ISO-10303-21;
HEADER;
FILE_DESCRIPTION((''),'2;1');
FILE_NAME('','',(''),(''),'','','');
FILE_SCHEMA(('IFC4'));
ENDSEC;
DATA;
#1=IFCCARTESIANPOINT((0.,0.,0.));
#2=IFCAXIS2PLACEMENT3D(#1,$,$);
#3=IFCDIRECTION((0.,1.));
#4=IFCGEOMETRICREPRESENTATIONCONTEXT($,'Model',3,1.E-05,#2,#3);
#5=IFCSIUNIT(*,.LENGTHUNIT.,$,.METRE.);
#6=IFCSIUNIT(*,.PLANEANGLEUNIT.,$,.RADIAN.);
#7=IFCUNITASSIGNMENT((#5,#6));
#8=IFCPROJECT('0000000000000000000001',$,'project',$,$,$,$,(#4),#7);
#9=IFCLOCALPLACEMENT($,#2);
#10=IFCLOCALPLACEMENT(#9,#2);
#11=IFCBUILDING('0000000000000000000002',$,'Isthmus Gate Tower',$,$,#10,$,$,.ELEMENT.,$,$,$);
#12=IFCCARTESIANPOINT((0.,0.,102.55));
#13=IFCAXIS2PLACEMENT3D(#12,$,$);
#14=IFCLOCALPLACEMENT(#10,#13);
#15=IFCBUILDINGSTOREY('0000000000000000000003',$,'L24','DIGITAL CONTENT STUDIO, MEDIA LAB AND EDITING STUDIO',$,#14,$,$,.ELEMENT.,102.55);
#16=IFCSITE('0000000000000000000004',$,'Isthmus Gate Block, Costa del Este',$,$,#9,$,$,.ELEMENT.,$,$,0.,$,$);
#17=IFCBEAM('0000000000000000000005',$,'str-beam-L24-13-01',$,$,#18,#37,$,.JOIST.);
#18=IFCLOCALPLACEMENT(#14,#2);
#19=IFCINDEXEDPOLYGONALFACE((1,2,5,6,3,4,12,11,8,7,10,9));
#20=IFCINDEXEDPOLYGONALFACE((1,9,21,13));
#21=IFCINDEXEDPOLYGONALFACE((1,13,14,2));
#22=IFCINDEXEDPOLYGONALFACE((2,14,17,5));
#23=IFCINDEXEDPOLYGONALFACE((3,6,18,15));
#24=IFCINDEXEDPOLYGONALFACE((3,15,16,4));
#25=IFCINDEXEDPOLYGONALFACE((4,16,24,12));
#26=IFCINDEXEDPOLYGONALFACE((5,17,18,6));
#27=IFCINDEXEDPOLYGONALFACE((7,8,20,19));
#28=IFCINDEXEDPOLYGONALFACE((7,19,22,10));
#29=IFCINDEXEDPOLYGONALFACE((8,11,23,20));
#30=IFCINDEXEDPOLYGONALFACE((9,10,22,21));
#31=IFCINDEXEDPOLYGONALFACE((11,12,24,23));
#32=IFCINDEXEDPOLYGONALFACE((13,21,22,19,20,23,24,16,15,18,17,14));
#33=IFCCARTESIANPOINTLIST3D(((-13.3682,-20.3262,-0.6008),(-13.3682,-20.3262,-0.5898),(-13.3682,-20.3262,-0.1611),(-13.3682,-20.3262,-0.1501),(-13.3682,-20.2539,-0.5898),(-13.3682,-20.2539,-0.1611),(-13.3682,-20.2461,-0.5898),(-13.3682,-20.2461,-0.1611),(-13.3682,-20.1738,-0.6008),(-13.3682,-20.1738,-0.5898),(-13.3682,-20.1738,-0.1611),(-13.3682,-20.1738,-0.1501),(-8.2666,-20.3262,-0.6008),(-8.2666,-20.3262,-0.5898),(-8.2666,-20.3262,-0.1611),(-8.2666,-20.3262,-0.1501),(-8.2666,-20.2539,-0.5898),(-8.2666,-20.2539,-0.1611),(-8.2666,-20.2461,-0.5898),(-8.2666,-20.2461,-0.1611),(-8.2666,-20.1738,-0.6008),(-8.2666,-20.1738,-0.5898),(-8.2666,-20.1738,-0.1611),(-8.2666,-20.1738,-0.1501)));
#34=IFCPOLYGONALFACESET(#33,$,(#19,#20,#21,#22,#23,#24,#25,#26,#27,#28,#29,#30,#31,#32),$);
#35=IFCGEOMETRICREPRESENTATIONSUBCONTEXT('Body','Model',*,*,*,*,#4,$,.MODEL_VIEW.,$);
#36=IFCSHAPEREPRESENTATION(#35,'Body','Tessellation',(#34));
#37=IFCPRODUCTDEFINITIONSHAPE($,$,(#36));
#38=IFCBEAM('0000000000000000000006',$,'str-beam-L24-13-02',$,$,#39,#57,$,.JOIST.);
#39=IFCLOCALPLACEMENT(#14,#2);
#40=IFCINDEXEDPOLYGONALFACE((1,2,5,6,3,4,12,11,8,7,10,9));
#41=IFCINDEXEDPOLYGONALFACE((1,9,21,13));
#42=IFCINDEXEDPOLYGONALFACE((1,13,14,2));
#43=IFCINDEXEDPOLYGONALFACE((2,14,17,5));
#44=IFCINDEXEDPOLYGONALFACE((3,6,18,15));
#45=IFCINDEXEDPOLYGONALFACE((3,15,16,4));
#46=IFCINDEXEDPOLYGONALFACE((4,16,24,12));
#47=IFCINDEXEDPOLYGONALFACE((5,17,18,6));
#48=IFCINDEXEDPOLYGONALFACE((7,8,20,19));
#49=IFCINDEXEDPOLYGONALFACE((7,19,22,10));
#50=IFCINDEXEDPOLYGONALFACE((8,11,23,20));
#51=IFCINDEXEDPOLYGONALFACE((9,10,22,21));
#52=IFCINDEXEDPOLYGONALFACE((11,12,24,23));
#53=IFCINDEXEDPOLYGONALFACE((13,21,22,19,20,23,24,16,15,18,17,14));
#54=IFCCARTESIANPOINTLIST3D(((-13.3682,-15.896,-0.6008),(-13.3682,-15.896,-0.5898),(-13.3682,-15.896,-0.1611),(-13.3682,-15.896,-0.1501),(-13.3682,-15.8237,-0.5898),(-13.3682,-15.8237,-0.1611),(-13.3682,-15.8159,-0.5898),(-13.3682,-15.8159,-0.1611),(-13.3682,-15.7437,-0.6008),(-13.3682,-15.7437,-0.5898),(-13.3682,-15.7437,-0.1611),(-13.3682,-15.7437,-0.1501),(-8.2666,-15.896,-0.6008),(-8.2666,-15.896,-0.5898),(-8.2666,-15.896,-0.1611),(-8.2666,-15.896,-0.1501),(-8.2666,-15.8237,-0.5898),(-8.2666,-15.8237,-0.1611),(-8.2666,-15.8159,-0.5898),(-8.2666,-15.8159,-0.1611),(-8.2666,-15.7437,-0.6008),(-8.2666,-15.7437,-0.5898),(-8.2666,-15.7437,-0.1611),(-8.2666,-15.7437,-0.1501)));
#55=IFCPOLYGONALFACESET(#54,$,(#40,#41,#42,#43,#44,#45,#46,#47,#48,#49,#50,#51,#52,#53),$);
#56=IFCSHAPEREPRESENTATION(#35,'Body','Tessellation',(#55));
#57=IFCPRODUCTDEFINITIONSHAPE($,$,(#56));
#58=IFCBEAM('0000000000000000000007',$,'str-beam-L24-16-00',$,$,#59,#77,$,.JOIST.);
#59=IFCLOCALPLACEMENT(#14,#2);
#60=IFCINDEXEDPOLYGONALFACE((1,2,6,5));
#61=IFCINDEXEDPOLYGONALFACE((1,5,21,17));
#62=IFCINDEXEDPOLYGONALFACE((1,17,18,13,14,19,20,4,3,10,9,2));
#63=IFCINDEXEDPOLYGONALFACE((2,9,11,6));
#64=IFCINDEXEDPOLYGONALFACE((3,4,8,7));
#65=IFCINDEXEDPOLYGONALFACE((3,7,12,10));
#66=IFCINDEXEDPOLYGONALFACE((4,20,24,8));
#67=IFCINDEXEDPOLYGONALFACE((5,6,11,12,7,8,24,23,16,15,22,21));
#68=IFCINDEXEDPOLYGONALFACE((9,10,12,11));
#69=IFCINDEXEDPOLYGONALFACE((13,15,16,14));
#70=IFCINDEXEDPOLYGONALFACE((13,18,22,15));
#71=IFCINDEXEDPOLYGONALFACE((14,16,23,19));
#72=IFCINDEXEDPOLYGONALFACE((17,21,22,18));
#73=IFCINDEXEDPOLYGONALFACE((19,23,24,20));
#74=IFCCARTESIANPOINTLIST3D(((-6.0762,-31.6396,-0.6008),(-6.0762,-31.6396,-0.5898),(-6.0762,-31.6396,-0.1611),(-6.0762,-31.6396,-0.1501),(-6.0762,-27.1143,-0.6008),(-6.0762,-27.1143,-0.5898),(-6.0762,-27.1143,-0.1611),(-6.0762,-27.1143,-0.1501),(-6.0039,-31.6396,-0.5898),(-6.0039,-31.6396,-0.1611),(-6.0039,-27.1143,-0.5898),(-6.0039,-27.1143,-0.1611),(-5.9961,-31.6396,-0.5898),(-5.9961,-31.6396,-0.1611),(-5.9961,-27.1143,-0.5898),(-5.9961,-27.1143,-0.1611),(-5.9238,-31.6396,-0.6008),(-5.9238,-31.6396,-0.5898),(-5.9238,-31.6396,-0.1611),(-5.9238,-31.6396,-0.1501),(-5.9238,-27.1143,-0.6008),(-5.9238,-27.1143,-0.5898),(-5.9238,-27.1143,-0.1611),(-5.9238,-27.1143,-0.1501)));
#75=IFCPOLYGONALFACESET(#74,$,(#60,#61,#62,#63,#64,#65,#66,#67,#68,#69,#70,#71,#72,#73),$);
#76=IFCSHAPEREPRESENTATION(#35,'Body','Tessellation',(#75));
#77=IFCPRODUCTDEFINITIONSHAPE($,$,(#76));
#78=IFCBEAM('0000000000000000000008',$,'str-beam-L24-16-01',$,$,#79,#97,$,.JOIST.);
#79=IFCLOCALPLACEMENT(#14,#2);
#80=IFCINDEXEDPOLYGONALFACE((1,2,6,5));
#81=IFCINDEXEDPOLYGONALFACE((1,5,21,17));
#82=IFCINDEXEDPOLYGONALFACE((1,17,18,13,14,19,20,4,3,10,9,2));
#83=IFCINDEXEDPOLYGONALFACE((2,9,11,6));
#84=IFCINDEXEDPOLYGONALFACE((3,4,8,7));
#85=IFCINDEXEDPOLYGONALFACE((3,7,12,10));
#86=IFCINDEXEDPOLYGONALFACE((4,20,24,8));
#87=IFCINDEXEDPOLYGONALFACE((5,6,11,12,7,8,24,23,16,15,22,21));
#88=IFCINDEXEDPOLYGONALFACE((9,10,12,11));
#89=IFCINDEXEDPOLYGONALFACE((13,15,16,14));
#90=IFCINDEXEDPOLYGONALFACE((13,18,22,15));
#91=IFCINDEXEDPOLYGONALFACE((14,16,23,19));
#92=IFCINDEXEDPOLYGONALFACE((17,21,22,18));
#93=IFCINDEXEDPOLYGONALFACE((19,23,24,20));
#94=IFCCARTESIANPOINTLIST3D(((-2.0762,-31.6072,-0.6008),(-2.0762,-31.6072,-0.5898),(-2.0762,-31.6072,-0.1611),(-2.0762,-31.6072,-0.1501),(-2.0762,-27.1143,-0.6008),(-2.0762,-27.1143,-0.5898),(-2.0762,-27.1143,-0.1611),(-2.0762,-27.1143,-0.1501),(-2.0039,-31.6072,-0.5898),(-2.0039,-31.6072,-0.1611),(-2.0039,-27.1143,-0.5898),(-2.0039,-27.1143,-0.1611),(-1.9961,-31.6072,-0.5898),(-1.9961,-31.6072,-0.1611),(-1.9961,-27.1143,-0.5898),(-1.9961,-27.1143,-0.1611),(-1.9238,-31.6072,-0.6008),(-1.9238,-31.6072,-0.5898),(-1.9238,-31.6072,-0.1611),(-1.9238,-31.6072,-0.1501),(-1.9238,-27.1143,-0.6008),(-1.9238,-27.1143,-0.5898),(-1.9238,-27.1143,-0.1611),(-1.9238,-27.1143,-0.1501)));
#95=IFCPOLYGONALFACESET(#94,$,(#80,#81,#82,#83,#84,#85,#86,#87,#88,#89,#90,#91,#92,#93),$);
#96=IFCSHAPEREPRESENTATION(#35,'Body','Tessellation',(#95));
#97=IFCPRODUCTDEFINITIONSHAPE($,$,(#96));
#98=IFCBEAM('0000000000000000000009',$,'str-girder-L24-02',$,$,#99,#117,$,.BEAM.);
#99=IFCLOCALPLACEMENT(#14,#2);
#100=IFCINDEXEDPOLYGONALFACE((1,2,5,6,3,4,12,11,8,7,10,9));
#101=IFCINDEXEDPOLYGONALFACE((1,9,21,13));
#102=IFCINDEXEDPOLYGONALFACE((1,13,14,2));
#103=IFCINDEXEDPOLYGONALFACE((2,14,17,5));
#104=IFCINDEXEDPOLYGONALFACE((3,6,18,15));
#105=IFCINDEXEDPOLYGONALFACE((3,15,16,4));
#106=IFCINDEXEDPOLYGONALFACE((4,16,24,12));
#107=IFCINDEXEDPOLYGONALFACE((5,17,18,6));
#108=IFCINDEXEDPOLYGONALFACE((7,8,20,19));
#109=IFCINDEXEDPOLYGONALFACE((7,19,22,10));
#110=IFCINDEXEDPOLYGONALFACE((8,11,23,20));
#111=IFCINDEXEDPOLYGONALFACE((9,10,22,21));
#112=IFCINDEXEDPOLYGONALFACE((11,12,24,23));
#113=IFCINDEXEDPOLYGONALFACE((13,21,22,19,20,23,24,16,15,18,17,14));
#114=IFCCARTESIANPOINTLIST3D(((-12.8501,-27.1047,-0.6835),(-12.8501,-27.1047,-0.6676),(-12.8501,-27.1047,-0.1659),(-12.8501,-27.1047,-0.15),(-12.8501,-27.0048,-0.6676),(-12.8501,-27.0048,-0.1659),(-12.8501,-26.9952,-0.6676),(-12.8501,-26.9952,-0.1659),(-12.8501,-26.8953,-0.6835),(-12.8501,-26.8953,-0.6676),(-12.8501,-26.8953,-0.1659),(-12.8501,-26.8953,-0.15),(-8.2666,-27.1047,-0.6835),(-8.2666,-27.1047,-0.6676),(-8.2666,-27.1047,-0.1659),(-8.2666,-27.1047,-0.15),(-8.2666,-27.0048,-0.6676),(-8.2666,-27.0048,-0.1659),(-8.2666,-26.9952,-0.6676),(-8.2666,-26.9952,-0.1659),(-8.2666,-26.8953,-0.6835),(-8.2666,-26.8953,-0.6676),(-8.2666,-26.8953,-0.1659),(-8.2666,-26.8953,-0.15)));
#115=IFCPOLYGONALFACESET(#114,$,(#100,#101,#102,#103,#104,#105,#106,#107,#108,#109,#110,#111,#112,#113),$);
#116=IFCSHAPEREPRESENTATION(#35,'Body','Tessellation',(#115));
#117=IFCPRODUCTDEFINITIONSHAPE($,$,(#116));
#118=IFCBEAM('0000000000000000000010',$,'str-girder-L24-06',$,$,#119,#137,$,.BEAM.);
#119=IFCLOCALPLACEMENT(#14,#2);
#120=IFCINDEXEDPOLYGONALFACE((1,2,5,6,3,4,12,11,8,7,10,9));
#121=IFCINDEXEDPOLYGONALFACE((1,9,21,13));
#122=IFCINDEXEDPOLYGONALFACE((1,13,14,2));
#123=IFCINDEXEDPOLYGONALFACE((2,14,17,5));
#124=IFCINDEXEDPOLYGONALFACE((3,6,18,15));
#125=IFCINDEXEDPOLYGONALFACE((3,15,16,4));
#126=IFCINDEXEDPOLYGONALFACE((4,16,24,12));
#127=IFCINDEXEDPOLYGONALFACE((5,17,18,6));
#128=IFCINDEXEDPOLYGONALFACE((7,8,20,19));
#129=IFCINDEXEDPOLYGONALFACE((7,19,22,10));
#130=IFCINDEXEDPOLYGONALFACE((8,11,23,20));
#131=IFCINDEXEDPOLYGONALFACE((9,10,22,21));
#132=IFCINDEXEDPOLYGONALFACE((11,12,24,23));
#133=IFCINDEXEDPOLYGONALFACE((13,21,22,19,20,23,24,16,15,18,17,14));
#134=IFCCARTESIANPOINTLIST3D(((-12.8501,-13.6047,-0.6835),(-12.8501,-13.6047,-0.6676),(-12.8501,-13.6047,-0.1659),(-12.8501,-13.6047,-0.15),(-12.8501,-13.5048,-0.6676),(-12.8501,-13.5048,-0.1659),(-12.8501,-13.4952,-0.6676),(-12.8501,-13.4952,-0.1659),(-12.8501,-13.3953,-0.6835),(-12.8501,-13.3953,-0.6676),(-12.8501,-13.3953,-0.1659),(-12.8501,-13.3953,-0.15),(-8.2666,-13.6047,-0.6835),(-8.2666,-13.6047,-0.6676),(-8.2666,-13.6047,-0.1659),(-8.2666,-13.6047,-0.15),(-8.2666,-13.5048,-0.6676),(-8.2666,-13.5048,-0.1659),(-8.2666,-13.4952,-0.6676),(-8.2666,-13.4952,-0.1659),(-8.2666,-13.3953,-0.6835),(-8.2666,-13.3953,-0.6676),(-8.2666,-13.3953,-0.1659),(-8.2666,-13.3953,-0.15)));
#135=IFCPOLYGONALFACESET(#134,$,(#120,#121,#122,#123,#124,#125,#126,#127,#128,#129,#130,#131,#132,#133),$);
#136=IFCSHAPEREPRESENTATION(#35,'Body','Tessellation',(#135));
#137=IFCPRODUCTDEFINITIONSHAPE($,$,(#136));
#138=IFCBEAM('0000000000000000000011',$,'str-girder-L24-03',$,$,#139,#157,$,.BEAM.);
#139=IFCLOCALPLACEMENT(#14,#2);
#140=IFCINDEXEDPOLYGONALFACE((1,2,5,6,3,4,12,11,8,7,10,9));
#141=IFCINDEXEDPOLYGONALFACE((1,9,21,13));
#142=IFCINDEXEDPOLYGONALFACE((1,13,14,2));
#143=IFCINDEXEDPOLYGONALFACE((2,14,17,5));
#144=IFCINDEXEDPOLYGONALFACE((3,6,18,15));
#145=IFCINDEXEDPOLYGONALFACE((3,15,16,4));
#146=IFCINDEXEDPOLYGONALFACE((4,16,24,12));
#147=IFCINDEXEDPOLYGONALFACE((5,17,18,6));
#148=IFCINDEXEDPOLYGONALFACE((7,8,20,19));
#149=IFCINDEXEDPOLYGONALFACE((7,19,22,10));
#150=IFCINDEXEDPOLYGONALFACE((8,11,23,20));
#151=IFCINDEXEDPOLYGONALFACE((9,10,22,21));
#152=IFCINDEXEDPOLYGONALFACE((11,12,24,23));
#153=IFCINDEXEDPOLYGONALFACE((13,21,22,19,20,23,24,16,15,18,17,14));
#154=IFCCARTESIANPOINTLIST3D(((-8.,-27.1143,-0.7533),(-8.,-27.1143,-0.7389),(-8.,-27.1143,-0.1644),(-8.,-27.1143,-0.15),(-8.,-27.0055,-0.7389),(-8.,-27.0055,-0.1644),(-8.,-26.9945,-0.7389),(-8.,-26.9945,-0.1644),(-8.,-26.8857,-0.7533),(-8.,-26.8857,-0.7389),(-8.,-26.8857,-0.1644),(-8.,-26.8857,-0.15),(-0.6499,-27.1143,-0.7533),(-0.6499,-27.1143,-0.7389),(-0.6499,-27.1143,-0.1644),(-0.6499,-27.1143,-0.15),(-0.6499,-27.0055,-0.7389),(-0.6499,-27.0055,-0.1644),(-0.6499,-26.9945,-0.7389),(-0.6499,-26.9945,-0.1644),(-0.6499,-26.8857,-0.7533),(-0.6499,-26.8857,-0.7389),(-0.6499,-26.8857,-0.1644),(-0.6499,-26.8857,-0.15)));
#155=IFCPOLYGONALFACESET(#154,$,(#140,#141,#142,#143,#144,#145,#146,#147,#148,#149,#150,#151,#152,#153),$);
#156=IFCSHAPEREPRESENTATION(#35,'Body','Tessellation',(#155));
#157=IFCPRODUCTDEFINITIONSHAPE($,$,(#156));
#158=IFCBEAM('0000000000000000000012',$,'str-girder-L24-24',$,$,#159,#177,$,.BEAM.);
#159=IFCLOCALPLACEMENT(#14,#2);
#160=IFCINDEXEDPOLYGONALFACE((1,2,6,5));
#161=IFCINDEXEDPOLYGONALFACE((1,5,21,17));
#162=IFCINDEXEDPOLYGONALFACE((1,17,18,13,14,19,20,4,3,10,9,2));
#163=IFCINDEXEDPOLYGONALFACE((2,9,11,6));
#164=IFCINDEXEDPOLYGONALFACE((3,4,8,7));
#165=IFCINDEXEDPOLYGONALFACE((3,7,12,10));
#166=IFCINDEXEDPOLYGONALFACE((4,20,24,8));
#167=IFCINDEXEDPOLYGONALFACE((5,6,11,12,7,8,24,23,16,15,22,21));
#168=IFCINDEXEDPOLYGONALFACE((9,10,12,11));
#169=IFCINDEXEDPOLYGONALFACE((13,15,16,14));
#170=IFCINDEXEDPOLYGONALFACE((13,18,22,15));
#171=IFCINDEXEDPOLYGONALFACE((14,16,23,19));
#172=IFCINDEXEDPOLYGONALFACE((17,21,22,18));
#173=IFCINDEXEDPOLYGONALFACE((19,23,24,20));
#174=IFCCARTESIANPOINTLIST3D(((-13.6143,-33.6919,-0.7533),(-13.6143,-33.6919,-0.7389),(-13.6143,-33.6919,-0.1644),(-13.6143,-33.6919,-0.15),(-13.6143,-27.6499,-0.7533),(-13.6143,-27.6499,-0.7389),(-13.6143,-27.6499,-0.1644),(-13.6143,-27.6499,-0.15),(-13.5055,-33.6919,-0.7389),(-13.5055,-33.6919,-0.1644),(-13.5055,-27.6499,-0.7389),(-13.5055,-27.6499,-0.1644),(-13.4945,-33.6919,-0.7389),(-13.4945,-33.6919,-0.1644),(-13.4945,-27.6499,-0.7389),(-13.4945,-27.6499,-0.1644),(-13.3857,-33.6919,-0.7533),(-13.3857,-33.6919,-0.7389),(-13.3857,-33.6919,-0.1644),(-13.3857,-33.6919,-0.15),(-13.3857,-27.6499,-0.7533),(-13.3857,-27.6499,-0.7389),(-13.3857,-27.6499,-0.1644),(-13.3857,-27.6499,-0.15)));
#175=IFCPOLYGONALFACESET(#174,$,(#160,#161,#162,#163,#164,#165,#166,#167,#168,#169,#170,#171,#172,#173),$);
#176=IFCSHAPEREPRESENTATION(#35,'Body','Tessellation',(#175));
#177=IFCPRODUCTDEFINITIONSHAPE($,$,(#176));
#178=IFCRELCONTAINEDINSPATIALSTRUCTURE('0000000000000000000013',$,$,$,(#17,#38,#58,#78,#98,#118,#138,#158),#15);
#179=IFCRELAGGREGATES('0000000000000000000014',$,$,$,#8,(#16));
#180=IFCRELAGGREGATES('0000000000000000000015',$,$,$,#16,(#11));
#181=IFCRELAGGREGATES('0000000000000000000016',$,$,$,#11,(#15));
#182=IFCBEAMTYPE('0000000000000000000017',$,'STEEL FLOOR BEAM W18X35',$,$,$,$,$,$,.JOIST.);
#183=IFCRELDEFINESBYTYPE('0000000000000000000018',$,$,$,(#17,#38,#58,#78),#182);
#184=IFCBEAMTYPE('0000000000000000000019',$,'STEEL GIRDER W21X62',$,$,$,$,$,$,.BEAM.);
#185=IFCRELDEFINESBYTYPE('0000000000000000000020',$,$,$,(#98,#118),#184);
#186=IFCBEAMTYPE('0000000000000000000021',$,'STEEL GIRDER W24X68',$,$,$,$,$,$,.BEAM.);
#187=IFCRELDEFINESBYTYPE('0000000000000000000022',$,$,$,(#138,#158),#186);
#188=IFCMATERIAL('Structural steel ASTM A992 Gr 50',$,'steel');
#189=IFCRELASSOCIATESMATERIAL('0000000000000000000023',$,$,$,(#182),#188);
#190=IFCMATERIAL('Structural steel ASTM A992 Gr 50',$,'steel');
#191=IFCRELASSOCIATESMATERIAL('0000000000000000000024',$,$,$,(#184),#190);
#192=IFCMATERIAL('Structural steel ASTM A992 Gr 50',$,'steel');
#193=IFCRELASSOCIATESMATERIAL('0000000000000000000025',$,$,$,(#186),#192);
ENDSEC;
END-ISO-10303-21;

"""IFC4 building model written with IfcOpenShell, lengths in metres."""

from ifc_helpers import new_model, si_unit, direction, frame, origin, origin_2d, place, context, subcontext, project, spatial, i_section, extrude, material, material_profile, profile_set, type_object, element, save


model = new_model("IFC4")

# Units and contexts
model_context = context("Model", 3, precision=1e-05, world=origin(), true_north=direction((0.0, 1.0)))
body_context = subcontext(model_context, "Body", "Model", "MODEL_VIEW")
ifc_project = project(units=[si_unit("LENGTHUNIT", "METRE"), si_unit("PLANEANGLEUNIT", "RADIAN")], contexts=[model_context])

# Site, building, storey
site_placement = place(None, origin())
site = spatial("IfcSite", under=ifc_project, at=site_placement, Name="Isthmus Gate Block, Costa del Este", CompositionType="ELEMENT", RefElevation=0.0)
building_placement = place(site_placement, origin())
building = spatial("IfcBuilding", under=site, at=building_placement, Name="Isthmus Gate Tower", CompositionType="ELEMENT")
storey_placement = place(building_placement, frame((0.0, 0.0, 102.55)))
storey = spatial("IfcBuildingStorey", under=building, at=storey_placement, Name="L24", Description="DIGITAL CONTENT STUDIO, MEDIA LAB AND EDITING STUDIO", CompositionType="ELEMENT", Elevation=102.55)

# Beams
ifc_material_1 = material(Name="Structural steel ASTM A992 Gr 50", Category="steel")
ifc_material_profile_1 = material_profile(ifc_material_1, i_section(OverallWidth=0.1523, OverallDepth=0.4507, WebThickness=0.0078, FlangeThickness=0.011, at=origin_2d()), Name="W18X35")
ifc_profile_set_1 = profile_set([ifc_material_profile_1], Name="Structural steel ASTM A992 Gr 50")
beam_type_1 = type_object("IfcBeamType", Name="STEEL FLOOR BEAM W18X35", PredefinedType="JOIST", material=ifc_profile_set_1)
for number, where, z_axis, x_axis, name in (
    (1, (-13.3682, -20.25, -0.3755), (1.0, 0.0, 0.0), (0.0, 1.0, 0.0), "str-beam-L24-13-01"),
    (2, (-13.3682, -15.8198, -0.3755), (1.0, 0.0, 0.0), (0.0, 1.0, 0.0), "str-beam-L24-13-02"),
):
    element("IfcBeam", number, at=place(storey_placement, frame(where, z_axis=z_axis, x_axis=x_axis)), inside=storey, type_object=beam_type_1, Name=name, PredefinedType="JOIST", context=body_context, shape_type="SweptSolid", body=[
        extrude(i_section(OverallWidth=0.1523, OverallDepth=0.4507, WebThickness=0.0078, FlangeThickness=0.011, at=origin_2d()), origin(), (0.0, 0.0, 1.0), 5.1016),
    ])
beam_1_placement = place(storey_placement, frame((-6.0, -31.6396, -0.3755), z_axis=(0.0, 1.0, 0.0), x_axis=(-1.0, 0.0, 0.0)))
element("IfcBeam", 3, at=beam_1_placement, inside=storey, type_object=beam_type_1, Name="str-beam-L24-16-00", PredefinedType="JOIST", context=body_context, shape_type="SweptSolid", body=[
    extrude(i_section(OverallWidth=0.1523, OverallDepth=0.4507, WebThickness=0.0078, FlangeThickness=0.011, at=origin_2d()), origin(), (0.0, 0.0, 1.0), 4.5254),
])
beam_2_placement = place(storey_placement, frame((-2.0, -31.6072, -0.3755), z_axis=(0.0, 1.0, 0.0), x_axis=(-1.0, 0.0, 0.0)))
element("IfcBeam", 4, at=beam_2_placement, inside=storey, type_object=beam_type_1, Name="str-beam-L24-16-01", PredefinedType="JOIST", context=body_context, shape_type="SweptSolid", body=[
    extrude(i_section(OverallWidth=0.1523, OverallDepth=0.4507, WebThickness=0.0078, FlangeThickness=0.011, at=origin_2d()), origin(), (0.0, 0.0, 1.0), 4.4929),
])
ifc_material_2 = material(Name="Structural steel ASTM A992 Gr 50", Category="steel")
ifc_material_profile_2 = material_profile(ifc_material_2, i_section(OverallWidth=0.2095, OverallDepth=0.5334, WebThickness=0.0095, FlangeThickness=0.0159, at=origin_2d()), Name="W21X62")
ifc_profile_set_2 = profile_set([ifc_material_profile_2], Name="Structural steel ASTM A992 Gr 50")
beam_type_2 = type_object("IfcBeamType", Name="STEEL GIRDER W21X62", PredefinedType="BEAM", material=ifc_profile_set_2)
for number, where, z_axis, x_axis, name in (
    (5, (-12.8501, -27.0, -0.4167), (1.0, 0.0, 0.0), (0.0, 1.0, 0.0), "str-girder-L24-02"),
    (6, (-12.8501, -13.5, -0.4167), (1.0, 0.0, 0.0), (0.0, 1.0, 0.0), "str-girder-L24-06"),
):
    element("IfcBeam", number, at=place(storey_placement, frame(where, z_axis=z_axis, x_axis=x_axis)), inside=storey, type_object=beam_type_2, Name=name, PredefinedType="BEAM", context=body_context, shape_type="SweptSolid", body=[
        extrude(i_section(OverallWidth=0.2095, OverallDepth=0.5334, WebThickness=0.0095, FlangeThickness=0.0159, at=origin_2d()), origin(), (0.0, 0.0, 1.0), 4.5835),
    ])
ifc_material_3 = material(Name="Structural steel ASTM A992 Gr 50", Category="steel")
ifc_material_profile_3 = material_profile(ifc_material_3, i_section(OverallWidth=0.2285, OverallDepth=0.6033, WebThickness=0.011, FlangeThickness=0.0144, at=origin_2d()), Name="W24X68")
ifc_profile_set_3 = profile_set([ifc_material_profile_3], Name="Structural steel ASTM A992 Gr 50")
beam_type_3 = type_object("IfcBeamType", Name="STEEL GIRDER W24X68", PredefinedType="BEAM", material=ifc_profile_set_3)
beam_3_placement = place(storey_placement, frame((-8.0, -27.0, -0.4517), z_axis=(1.0, 0.0, 0.0), x_axis=(0.0, 1.0, 0.0)))
element("IfcBeam", 7, at=beam_3_placement, inside=storey, type_object=beam_type_3, Name="str-girder-L24-03", PredefinedType="BEAM", context=body_context, shape_type="SweptSolid", body=[
    extrude(i_section(OverallWidth=0.2285, OverallDepth=0.6033, WebThickness=0.011, FlangeThickness=0.0144, at=origin_2d()), origin(), (0.0, 0.0, 1.0), 7.3501),
])
beam_4_placement = place(storey_placement, frame((-13.5, -33.6919, -0.4517), z_axis=(0.0, 1.0, 0.0), x_axis=(-1.0, 0.0, 0.0)))
element("IfcBeam", 8, at=beam_4_placement, inside=storey, type_object=beam_type_3, Name="str-girder-L24-24", PredefinedType="BEAM", context=body_context, shape_type="SweptSolid", body=[
    extrude(i_section(OverallWidth=0.2285, OverallDepth=0.6033, WebThickness=0.011, FlangeThickness=0.0144, at=origin_2d()), origin(), (0.0, 0.0, 1.0), 6.042),
])

save(model, "model.ifc")
